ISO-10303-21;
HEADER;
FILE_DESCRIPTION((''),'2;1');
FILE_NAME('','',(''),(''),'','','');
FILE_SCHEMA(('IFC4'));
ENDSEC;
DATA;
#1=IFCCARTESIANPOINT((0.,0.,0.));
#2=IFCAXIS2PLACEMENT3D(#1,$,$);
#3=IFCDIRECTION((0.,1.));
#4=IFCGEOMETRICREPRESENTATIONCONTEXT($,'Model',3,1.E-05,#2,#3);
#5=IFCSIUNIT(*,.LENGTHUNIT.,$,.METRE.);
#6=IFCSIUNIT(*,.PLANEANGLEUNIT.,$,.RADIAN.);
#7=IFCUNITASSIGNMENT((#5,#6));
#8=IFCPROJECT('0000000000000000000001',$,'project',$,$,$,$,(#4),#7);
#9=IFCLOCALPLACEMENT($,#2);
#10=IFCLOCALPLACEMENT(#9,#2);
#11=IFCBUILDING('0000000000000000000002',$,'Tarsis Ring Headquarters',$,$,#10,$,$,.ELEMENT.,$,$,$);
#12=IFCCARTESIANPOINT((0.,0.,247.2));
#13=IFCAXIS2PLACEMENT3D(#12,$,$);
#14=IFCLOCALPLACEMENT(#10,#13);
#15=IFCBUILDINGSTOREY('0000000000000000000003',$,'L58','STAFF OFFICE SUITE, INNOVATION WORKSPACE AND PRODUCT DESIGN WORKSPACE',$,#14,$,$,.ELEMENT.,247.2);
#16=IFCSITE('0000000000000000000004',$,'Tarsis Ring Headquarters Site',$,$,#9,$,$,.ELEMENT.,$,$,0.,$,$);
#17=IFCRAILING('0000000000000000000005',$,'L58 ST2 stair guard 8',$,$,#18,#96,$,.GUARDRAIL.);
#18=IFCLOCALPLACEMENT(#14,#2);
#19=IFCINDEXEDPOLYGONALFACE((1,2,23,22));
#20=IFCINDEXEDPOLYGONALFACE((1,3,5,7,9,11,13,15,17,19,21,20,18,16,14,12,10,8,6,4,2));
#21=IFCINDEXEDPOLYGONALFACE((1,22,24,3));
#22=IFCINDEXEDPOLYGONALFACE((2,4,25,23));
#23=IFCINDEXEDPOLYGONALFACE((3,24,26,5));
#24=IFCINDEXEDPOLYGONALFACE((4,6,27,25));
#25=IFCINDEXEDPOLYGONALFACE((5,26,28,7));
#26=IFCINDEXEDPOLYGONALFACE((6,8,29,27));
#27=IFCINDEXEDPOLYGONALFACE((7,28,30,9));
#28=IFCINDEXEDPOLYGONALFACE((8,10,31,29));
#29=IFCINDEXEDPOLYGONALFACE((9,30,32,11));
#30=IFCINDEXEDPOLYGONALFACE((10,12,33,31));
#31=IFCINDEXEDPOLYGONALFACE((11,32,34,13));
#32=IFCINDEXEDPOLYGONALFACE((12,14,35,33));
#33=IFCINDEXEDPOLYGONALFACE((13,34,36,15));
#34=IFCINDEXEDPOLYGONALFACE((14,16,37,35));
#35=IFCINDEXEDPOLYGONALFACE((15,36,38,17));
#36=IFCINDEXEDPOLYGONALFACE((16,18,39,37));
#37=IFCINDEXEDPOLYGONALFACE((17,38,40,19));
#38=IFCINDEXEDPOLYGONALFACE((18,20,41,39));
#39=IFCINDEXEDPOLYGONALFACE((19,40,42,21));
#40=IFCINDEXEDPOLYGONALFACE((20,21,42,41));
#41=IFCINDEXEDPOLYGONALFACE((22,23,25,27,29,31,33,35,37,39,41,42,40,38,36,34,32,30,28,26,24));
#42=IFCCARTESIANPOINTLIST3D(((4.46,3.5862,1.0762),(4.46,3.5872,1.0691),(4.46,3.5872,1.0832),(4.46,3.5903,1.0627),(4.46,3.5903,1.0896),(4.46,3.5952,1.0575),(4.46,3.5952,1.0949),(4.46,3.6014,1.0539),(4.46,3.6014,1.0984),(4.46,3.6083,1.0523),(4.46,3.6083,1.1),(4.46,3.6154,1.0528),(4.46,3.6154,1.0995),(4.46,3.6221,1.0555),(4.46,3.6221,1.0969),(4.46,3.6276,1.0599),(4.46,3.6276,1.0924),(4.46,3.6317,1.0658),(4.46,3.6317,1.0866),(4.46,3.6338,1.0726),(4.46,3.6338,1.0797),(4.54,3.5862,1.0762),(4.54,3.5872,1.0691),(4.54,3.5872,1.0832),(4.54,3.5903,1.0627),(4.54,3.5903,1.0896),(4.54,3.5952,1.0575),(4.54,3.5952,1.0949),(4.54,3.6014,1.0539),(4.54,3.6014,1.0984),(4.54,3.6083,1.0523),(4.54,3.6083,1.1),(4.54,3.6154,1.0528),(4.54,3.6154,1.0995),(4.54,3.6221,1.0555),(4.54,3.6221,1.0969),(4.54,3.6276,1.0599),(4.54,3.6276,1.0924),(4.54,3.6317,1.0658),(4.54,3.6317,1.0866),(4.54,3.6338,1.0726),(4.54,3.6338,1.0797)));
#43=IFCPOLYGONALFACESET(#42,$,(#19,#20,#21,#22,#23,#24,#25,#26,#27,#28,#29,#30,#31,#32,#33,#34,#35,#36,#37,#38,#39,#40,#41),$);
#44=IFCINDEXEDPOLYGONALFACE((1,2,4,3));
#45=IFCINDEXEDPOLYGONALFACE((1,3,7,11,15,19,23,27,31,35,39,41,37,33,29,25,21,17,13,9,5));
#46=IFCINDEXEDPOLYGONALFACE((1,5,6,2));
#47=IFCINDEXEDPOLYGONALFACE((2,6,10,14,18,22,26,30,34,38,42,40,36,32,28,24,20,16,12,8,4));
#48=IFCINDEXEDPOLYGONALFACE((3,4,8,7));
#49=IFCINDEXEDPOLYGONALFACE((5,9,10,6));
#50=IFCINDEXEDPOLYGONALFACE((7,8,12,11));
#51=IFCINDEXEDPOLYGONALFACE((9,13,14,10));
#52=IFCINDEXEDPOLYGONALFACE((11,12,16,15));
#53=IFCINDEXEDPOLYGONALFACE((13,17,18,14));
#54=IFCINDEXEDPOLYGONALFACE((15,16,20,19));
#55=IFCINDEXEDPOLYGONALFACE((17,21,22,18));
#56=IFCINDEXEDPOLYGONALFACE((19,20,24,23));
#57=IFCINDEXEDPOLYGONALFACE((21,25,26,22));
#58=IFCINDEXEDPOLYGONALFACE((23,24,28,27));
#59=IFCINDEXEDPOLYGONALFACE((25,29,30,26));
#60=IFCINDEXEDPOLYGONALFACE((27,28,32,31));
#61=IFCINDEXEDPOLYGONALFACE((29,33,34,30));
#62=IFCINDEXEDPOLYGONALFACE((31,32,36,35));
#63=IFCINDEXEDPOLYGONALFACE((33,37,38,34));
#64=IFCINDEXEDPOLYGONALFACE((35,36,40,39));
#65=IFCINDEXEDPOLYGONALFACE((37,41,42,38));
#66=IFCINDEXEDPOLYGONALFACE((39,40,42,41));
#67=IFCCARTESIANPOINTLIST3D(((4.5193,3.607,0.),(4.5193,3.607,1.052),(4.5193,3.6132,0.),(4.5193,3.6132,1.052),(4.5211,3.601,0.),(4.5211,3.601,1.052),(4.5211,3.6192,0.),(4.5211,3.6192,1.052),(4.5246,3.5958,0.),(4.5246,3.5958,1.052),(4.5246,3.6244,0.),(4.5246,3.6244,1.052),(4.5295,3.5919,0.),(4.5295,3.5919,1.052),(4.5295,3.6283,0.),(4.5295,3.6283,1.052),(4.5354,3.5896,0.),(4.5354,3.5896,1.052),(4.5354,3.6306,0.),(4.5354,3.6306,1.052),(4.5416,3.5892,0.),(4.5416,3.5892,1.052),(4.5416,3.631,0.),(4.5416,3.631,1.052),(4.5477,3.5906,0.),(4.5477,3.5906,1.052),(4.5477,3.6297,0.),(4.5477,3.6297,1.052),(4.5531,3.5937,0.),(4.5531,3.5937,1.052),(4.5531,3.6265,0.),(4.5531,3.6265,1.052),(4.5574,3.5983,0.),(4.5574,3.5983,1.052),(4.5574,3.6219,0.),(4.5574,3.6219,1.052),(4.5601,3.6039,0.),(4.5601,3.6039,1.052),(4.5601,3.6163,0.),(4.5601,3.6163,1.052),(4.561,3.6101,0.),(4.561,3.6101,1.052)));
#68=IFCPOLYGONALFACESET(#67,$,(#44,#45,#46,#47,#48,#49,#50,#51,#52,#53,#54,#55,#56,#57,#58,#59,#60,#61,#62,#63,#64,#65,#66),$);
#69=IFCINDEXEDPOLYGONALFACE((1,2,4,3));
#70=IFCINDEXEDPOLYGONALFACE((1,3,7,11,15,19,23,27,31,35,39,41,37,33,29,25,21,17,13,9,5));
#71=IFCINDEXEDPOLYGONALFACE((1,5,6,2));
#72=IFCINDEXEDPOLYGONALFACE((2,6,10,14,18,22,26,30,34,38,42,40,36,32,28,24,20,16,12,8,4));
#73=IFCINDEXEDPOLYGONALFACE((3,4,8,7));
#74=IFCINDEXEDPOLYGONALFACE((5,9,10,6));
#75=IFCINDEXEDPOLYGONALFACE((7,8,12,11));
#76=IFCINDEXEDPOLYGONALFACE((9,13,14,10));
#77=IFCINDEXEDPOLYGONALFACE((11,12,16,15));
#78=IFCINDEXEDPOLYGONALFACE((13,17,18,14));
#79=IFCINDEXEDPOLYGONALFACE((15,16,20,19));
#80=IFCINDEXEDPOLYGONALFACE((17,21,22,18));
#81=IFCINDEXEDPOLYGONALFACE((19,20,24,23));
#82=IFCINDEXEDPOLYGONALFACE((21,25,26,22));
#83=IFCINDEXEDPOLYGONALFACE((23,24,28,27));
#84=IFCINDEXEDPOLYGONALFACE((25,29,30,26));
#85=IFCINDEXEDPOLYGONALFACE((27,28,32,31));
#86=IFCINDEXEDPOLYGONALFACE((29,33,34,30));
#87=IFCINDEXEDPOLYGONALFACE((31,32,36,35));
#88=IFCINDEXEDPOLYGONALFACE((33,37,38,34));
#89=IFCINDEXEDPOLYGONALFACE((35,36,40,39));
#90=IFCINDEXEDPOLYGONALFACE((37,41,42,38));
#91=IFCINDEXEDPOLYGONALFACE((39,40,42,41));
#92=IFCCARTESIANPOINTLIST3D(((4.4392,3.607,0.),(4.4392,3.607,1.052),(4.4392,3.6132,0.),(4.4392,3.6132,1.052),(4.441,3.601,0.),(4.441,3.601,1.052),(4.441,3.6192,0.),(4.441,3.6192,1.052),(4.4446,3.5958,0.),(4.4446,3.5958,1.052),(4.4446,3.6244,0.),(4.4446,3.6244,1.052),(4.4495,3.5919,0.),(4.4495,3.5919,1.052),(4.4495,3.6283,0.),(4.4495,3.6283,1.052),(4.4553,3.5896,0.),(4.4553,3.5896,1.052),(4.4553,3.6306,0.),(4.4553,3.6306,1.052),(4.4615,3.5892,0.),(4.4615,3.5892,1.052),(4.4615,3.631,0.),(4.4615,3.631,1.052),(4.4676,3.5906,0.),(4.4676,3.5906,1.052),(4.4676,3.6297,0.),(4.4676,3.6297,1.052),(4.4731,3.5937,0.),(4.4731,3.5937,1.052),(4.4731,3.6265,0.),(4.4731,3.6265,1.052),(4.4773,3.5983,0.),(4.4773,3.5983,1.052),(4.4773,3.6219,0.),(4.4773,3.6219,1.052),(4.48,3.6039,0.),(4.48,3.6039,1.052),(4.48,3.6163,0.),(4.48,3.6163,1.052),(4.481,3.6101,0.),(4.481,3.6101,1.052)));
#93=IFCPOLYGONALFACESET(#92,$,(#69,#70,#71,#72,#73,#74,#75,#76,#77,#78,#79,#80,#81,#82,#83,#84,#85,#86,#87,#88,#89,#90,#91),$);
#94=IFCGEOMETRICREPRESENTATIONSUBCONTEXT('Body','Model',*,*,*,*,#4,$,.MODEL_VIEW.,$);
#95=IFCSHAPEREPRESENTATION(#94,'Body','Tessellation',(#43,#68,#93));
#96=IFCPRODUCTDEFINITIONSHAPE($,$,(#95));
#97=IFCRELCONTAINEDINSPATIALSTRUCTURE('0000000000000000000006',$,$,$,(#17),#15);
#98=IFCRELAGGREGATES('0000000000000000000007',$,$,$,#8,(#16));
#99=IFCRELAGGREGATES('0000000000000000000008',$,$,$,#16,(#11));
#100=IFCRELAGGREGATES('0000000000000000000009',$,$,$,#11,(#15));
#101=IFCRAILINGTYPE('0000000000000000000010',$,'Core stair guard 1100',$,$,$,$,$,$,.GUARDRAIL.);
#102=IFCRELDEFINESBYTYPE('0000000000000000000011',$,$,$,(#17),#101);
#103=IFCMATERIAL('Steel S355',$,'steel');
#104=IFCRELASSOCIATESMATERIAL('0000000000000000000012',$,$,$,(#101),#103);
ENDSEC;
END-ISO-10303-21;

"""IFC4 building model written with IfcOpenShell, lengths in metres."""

from ifc_helpers import new_model, si_unit, direction, frame, origin, origin_2d, place, context, subcontext, project, spatial, circle, extrude, material, type_object, element, save


model = new_model("IFC4")

# Units and contexts
model_context = context("Model", 3, precision=1e-05, world=origin(), true_north=direction((0.0, 1.0)))
body_context = subcontext(model_context, "Body", "Model", "MODEL_VIEW")
ifc_project = project(units=[si_unit("LENGTHUNIT", "METRE"), si_unit("PLANEANGLEUNIT", "RADIAN")], contexts=[model_context])

# Site, building, storey
site_placement = place(None, origin())
site = spatial("IfcSite", under=ifc_project, at=site_placement, Name="Tarsis Ring Headquarters Site", CompositionType="ELEMENT", RefElevation=0.0)
building_placement = place(site_placement, origin())
building = spatial("IfcBuilding", under=site, at=building_placement, Name="Tarsis Ring Headquarters", CompositionType="ELEMENT")
storey_placement = place(building_placement, frame((0.0, 0.0, 247.2)))
storey = spatial("IfcBuildingStorey", under=building, at=storey_placement, Name="L58", Description="STAFF OFFICE SUITE, INNOVATION WORKSPACE AND PRODUCT DESIGN WORKSPACE", CompositionType="ELEMENT", Elevation=247.2)

# Railing
ifc_material_1 = material(Name="Steel S355", Category="steel")
railing_type_1 = type_object("IfcRailingType", Name="Core stair guard 1100", PredefinedType="GUARDRAIL", material=ifc_material_1)
railing_1_placement = place(storey_placement, frame((4.54, 3.6101, 0.0)))
element("IfcRailing", 1, at=railing_1_placement, inside=storey, type_object=railing_type_1, Name="L58 ST2 stair guard 8", PredefinedType="GUARDRAIL", context=body_context, shape_type="SweptSolid", body=[
    extrude(circle(Radius=0.0239, at=origin_2d()), frame((0.0, 0.0, 1.0762), z_axis=(-1.0, 0.0, 0.0), x_axis=(0.0, -1.0, 0.0)), (0.0, 0.0, 1.0), 0.0801),
    extrude(circle(Radius=0.021, at=origin_2d()), origin(), (0.0, 0.0, 1.0), 1.052),
    extrude(circle(Radius=0.021, at=origin_2d()), frame((-0.0801, 0.0, 0.0)), (0.0, 0.0, 1.0), 1.052),
])

save(model, "model.ifc")
